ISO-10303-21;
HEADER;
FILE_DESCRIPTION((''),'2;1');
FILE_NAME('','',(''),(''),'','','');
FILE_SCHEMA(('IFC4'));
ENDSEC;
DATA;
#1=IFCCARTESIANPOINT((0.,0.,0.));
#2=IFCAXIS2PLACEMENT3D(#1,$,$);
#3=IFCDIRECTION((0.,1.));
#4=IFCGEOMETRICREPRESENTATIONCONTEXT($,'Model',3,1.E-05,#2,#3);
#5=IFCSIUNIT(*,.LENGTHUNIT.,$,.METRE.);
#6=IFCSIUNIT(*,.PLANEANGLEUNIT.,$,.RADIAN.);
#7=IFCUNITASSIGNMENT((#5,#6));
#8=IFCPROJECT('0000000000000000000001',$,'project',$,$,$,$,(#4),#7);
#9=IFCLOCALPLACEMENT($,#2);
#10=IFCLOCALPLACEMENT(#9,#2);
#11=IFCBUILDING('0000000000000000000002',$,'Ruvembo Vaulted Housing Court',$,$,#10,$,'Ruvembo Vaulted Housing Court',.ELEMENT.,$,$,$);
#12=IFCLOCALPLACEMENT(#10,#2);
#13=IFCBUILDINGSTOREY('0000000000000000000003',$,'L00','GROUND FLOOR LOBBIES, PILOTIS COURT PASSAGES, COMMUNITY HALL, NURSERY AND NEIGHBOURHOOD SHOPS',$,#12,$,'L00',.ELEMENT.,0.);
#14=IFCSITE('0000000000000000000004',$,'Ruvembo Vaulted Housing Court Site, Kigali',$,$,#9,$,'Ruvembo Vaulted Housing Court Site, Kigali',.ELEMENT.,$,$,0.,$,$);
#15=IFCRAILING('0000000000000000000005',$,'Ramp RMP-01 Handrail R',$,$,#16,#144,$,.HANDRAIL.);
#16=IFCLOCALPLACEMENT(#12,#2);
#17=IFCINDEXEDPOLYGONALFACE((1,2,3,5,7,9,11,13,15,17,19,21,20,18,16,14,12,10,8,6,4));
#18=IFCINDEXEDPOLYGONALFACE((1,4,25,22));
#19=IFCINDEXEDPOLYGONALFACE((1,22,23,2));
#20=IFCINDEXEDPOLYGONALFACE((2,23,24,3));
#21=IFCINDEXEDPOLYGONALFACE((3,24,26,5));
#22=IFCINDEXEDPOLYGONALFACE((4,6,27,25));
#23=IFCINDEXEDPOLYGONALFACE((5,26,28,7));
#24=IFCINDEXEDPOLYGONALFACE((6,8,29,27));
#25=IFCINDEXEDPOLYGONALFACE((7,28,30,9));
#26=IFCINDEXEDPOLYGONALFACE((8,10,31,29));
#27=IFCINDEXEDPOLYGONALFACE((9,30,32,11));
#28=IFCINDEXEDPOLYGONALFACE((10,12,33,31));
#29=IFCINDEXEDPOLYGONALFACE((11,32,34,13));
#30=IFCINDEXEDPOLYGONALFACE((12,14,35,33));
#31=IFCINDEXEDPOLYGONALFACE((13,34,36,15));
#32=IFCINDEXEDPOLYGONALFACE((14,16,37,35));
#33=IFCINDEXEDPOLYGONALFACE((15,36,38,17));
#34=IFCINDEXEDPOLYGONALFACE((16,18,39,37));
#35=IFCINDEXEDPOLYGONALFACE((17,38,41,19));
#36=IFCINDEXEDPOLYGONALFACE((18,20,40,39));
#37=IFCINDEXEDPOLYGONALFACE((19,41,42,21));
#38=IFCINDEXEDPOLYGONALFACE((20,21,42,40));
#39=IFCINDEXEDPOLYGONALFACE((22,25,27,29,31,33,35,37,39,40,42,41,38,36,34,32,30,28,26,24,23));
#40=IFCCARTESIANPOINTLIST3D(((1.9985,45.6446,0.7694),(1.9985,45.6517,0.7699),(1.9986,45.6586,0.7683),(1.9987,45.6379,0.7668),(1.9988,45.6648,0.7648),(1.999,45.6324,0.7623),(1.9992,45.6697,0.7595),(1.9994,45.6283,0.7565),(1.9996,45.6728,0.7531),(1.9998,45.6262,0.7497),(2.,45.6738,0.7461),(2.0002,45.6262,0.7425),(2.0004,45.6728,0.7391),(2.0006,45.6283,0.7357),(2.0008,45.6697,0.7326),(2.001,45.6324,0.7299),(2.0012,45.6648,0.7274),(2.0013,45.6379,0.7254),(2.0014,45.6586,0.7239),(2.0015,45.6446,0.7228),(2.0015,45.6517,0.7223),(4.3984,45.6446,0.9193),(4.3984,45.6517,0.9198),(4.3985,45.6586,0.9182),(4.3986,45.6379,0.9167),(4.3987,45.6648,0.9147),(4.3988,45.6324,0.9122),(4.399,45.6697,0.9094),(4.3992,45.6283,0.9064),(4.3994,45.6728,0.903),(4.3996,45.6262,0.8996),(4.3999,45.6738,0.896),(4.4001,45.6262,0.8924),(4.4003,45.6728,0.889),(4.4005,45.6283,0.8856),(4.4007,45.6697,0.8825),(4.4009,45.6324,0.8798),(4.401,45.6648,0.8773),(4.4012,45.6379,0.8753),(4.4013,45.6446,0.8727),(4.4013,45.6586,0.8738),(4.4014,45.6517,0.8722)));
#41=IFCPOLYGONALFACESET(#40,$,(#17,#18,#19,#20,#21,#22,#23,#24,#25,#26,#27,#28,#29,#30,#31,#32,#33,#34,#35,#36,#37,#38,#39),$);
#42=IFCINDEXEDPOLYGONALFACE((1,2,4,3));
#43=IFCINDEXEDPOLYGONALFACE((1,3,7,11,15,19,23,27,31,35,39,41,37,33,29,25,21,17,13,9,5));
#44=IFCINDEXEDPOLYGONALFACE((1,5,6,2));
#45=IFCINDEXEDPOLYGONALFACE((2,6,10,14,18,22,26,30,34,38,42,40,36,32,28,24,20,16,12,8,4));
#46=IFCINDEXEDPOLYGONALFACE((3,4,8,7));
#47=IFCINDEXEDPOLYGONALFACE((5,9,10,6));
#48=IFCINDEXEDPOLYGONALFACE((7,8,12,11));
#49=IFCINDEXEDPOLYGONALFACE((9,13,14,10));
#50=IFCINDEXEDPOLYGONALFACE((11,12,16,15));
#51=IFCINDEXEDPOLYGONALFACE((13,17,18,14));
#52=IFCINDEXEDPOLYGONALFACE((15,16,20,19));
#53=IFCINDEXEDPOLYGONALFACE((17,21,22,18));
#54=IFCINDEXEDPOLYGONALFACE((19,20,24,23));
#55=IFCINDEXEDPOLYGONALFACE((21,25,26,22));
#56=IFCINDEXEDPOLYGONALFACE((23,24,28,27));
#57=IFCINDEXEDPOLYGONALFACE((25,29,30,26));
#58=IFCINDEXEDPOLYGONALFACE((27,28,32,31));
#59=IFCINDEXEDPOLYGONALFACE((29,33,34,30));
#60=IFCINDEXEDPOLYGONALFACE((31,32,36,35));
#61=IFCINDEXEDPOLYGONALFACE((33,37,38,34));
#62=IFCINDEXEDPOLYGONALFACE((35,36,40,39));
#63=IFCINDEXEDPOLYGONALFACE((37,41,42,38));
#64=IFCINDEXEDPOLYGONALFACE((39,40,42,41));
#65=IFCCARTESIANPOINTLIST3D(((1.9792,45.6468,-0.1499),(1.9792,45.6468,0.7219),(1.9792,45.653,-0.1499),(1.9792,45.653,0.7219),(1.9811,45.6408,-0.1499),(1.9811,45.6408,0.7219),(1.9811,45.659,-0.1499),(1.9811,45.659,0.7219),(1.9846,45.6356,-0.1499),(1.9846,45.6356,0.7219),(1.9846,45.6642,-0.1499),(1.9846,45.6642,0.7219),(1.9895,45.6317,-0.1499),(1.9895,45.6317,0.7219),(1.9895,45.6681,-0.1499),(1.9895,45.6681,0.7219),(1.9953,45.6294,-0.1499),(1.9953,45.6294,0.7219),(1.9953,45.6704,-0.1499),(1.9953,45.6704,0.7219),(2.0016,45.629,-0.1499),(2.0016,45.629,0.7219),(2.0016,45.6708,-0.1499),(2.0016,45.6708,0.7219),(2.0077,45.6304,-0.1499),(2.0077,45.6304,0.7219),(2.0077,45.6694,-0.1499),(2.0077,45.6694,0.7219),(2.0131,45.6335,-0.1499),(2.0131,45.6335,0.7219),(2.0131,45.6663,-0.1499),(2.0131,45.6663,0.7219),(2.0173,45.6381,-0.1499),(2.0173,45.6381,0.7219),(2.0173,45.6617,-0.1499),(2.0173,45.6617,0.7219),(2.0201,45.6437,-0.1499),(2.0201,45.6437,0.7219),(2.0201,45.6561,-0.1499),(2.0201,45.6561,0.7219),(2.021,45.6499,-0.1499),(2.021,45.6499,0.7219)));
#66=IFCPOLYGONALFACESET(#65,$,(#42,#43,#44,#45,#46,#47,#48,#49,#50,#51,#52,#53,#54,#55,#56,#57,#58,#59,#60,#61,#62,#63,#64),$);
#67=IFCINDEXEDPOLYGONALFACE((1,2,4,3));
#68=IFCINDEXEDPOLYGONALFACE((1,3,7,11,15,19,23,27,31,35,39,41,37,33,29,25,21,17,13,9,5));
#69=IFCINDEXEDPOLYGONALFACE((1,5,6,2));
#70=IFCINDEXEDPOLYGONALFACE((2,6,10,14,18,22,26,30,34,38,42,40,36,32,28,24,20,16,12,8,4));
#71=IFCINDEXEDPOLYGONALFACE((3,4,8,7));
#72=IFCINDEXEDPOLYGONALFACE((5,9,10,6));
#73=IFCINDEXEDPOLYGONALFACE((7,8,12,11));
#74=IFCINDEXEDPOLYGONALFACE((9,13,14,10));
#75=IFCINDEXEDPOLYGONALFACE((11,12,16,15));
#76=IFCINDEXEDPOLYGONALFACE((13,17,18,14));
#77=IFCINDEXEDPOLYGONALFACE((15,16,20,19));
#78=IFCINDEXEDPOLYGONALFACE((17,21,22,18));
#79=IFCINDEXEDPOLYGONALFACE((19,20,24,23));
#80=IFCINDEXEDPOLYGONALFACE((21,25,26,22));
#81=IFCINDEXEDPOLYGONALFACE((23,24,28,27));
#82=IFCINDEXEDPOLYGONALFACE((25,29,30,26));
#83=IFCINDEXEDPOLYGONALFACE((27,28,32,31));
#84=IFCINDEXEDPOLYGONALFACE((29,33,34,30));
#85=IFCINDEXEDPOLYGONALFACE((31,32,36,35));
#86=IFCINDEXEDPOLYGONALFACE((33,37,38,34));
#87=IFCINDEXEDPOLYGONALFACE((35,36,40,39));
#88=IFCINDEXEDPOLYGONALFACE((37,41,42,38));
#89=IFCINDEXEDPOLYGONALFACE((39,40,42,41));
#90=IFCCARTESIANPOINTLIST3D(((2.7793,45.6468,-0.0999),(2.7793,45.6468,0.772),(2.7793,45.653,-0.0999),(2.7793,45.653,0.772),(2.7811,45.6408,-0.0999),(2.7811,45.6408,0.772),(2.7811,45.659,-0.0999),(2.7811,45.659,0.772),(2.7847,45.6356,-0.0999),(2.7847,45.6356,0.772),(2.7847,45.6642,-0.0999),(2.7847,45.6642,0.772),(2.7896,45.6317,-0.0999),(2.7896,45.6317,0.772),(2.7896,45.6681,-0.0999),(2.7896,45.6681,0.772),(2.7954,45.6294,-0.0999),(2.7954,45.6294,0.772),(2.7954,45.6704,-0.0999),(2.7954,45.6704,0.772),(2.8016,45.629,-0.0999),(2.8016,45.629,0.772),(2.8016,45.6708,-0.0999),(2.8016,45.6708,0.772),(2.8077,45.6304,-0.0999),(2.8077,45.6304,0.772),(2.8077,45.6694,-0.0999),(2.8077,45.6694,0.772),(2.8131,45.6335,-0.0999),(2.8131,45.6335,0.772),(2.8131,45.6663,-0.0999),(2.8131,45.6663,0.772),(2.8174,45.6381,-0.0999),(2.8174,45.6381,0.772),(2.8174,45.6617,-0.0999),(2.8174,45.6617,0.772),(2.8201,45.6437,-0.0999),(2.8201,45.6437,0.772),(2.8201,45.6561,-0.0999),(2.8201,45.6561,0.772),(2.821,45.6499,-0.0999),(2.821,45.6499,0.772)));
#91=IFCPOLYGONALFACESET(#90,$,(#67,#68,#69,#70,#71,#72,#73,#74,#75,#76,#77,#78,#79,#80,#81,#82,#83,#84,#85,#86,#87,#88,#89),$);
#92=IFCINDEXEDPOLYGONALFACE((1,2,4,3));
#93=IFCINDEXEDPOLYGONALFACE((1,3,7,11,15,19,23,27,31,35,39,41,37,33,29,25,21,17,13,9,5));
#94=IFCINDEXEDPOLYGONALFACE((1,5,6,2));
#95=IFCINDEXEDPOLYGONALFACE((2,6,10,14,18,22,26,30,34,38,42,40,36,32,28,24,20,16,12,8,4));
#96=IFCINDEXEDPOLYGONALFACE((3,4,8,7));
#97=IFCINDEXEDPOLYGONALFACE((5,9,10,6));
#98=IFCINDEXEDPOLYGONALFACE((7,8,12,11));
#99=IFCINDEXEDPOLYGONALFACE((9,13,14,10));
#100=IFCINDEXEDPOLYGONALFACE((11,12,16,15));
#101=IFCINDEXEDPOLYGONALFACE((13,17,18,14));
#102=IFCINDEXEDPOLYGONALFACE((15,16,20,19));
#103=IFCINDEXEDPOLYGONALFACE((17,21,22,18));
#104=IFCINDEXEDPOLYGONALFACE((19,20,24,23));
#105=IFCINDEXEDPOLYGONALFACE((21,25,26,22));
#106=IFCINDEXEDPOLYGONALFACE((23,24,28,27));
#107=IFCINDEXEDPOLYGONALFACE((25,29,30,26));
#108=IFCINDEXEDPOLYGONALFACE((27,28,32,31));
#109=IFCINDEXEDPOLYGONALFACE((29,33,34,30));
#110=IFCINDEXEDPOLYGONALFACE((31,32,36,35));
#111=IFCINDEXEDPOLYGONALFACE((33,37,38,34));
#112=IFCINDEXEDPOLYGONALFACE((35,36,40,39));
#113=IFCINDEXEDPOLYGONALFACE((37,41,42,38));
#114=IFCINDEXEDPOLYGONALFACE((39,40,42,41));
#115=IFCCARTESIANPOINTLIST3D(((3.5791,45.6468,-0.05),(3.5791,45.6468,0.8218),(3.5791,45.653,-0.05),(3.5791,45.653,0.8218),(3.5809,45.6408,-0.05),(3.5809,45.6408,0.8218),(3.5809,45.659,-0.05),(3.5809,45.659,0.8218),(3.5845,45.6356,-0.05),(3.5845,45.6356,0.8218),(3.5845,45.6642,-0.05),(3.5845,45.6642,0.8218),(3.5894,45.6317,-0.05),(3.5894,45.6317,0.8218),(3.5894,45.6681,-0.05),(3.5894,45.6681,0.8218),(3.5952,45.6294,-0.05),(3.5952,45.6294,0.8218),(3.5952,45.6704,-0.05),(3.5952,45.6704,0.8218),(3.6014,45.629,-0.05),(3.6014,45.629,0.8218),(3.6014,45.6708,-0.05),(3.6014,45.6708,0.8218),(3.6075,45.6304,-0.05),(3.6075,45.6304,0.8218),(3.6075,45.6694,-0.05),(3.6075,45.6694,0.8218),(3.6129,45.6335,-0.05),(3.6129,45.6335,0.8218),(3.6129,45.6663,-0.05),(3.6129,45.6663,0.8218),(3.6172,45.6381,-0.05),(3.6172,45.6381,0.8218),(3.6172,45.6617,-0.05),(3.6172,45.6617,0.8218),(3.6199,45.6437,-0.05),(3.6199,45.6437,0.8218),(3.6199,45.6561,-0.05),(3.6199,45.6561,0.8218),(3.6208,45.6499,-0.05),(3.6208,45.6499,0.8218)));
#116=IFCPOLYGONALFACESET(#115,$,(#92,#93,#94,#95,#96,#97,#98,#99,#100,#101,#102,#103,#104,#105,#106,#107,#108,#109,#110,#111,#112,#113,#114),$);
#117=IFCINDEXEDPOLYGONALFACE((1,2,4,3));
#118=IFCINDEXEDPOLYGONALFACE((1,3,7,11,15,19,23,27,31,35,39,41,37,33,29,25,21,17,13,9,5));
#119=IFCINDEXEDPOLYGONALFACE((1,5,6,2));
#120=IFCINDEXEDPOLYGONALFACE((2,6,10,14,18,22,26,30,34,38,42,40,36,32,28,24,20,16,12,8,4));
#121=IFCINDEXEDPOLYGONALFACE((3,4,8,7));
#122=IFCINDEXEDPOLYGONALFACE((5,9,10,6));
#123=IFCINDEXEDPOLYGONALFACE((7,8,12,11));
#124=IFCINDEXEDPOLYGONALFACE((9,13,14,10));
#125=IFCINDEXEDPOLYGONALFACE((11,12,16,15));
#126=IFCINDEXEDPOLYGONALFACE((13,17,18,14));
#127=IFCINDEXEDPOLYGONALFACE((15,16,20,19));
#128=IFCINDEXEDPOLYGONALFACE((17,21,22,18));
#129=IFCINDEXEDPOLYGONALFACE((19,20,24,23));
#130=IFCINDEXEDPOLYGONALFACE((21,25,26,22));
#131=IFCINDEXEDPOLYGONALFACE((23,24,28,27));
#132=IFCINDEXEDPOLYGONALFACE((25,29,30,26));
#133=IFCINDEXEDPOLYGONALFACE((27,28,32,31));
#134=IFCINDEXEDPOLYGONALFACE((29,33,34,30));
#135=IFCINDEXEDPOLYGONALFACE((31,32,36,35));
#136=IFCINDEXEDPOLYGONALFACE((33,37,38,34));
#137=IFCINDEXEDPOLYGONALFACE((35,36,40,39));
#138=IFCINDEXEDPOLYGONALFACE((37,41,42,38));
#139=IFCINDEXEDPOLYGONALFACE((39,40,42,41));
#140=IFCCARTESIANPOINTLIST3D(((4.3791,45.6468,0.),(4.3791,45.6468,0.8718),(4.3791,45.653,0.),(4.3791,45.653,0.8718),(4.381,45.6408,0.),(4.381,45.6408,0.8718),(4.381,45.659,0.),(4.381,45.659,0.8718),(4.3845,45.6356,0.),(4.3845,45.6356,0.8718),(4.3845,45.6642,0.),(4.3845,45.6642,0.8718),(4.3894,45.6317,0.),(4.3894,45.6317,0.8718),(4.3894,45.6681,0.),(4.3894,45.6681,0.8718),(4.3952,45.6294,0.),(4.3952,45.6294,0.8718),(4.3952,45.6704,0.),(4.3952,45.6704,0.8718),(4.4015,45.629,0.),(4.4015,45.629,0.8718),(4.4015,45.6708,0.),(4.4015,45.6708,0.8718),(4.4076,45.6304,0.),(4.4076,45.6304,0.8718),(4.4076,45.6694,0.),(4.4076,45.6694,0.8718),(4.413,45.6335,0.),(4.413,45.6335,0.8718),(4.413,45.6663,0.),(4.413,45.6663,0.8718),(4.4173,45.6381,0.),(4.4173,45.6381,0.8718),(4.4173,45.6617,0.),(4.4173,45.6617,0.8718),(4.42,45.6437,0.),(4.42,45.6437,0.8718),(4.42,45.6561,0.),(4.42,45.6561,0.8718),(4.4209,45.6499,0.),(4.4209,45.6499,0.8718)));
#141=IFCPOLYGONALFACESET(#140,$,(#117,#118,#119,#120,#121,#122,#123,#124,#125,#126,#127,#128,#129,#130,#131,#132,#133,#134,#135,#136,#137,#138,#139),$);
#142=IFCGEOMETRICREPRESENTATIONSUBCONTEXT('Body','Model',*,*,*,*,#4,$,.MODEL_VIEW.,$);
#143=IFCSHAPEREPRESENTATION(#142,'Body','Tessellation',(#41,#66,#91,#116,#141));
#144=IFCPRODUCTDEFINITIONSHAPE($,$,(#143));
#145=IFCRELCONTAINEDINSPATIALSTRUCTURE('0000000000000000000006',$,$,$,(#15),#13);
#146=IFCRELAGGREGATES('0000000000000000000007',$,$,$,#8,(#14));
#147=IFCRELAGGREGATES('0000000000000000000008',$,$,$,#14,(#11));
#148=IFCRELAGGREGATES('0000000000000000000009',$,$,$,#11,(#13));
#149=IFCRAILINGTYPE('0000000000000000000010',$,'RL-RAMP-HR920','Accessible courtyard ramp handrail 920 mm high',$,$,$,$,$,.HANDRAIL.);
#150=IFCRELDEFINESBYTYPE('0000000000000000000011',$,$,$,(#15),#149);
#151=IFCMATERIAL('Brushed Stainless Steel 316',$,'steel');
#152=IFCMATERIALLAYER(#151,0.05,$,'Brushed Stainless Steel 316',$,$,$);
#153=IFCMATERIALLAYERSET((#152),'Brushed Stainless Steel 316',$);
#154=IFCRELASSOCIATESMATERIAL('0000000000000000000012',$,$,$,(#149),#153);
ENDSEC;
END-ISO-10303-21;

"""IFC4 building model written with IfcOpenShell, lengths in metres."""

from ifc_helpers import new_model, si_unit, direction, frame, origin, origin_2d, place, context, subcontext, project, spatial, circle, extrude, material, layer, layer_set, type_object, element, save


model = new_model("IFC4")

# Units and contexts
model_context = context("Model", 3, precision=1e-05, world=origin(), true_north=direction((0.0, 1.0)))
body_context = subcontext(model_context, "Body", "Model", "MODEL_VIEW")
ifc_project = project(units=[si_unit("LENGTHUNIT", "METRE"), si_unit("PLANEANGLEUNIT", "RADIAN")], contexts=[model_context])

# Site, building, storey
site_placement = place(None, origin())
site = spatial("IfcSite", under=ifc_project, at=site_placement, Name="Ruvembo Vaulted Housing Court Site, Kigali", LongName="Ruvembo Vaulted Housing Court Site, Kigali", CompositionType="ELEMENT", RefElevation=0.0)
building_placement = place(site_placement, origin())
building = spatial("IfcBuilding", under=site, at=building_placement, Name="Ruvembo Vaulted Housing Court", LongName="Ruvembo Vaulted Housing Court", CompositionType="ELEMENT")
storey_placement = place(building_placement, origin())
storey = spatial("IfcBuildingStorey", under=building, at=storey_placement, Name="L00", Description="GROUND FLOOR LOBBIES, PILOTIS COURT PASSAGES, COMMUNITY HALL, NURSERY AND NEIGHBOURHOOD SHOPS", LongName="L00", CompositionType="ELEMENT", Elevation=0.0)

# Railing
ifc_material_1 = material(Name="Brushed Stainless Steel 316", Category="steel")
ifc_layer_1 = layer(ifc_material_1, 0.05, Name="Brushed Stainless Steel 316")
ifc_layer_set_1 = layer_set([ifc_layer_1], Name="Brushed Stainless Steel 316")
railing_type = type_object("IfcRailingType", Name="RL-RAMP-HR920", Description="Accessible courtyard ramp handrail 920 mm high", PredefinedType="HANDRAIL", material=ifc_layer_set_1)
for number, where, name in (
    (1, (2.0, 45.6499, -0.1499), "Ramp RMP-01 Handrail R"),
):
    element("IfcRailing", number, at=place(storey_placement, frame(where)), inside=storey, type_object=railing_type, Name=name, PredefinedType="HANDRAIL", context=body_context, shape_type="SweptSolid", body=[
        extrude(circle(Radius=0.0239, at=origin_2d()), frame((0.0, 0.0, 0.896), z_axis=(0.998055, 0.0, 0.06234), x_axis=(0.0, 1.0, 0.0)), (0.0, 0.0, 1.0), 2.4045),
        extrude(circle(Radius=0.021, at=origin_2d()), origin(), (0.0, 0.0, 1.0), 0.8718),
        extrude(circle(Radius=0.021, at=origin_2d()), frame((0.8, 0.0, 0.05)), (0.0, 0.0, 1.0), 0.8718),
        extrude(circle(Radius=0.021, at=origin_2d()), frame((1.5999, 0.0, 0.0999)), (0.0, 0.0, 1.0), 0.8718),
        extrude(circle(Radius=0.021, at=origin_2d()), frame((2.3999, 0.0, 0.1499)), (0.0, 0.0, 1.0), 0.8718),
    ])

save(model, "model.ifc")
